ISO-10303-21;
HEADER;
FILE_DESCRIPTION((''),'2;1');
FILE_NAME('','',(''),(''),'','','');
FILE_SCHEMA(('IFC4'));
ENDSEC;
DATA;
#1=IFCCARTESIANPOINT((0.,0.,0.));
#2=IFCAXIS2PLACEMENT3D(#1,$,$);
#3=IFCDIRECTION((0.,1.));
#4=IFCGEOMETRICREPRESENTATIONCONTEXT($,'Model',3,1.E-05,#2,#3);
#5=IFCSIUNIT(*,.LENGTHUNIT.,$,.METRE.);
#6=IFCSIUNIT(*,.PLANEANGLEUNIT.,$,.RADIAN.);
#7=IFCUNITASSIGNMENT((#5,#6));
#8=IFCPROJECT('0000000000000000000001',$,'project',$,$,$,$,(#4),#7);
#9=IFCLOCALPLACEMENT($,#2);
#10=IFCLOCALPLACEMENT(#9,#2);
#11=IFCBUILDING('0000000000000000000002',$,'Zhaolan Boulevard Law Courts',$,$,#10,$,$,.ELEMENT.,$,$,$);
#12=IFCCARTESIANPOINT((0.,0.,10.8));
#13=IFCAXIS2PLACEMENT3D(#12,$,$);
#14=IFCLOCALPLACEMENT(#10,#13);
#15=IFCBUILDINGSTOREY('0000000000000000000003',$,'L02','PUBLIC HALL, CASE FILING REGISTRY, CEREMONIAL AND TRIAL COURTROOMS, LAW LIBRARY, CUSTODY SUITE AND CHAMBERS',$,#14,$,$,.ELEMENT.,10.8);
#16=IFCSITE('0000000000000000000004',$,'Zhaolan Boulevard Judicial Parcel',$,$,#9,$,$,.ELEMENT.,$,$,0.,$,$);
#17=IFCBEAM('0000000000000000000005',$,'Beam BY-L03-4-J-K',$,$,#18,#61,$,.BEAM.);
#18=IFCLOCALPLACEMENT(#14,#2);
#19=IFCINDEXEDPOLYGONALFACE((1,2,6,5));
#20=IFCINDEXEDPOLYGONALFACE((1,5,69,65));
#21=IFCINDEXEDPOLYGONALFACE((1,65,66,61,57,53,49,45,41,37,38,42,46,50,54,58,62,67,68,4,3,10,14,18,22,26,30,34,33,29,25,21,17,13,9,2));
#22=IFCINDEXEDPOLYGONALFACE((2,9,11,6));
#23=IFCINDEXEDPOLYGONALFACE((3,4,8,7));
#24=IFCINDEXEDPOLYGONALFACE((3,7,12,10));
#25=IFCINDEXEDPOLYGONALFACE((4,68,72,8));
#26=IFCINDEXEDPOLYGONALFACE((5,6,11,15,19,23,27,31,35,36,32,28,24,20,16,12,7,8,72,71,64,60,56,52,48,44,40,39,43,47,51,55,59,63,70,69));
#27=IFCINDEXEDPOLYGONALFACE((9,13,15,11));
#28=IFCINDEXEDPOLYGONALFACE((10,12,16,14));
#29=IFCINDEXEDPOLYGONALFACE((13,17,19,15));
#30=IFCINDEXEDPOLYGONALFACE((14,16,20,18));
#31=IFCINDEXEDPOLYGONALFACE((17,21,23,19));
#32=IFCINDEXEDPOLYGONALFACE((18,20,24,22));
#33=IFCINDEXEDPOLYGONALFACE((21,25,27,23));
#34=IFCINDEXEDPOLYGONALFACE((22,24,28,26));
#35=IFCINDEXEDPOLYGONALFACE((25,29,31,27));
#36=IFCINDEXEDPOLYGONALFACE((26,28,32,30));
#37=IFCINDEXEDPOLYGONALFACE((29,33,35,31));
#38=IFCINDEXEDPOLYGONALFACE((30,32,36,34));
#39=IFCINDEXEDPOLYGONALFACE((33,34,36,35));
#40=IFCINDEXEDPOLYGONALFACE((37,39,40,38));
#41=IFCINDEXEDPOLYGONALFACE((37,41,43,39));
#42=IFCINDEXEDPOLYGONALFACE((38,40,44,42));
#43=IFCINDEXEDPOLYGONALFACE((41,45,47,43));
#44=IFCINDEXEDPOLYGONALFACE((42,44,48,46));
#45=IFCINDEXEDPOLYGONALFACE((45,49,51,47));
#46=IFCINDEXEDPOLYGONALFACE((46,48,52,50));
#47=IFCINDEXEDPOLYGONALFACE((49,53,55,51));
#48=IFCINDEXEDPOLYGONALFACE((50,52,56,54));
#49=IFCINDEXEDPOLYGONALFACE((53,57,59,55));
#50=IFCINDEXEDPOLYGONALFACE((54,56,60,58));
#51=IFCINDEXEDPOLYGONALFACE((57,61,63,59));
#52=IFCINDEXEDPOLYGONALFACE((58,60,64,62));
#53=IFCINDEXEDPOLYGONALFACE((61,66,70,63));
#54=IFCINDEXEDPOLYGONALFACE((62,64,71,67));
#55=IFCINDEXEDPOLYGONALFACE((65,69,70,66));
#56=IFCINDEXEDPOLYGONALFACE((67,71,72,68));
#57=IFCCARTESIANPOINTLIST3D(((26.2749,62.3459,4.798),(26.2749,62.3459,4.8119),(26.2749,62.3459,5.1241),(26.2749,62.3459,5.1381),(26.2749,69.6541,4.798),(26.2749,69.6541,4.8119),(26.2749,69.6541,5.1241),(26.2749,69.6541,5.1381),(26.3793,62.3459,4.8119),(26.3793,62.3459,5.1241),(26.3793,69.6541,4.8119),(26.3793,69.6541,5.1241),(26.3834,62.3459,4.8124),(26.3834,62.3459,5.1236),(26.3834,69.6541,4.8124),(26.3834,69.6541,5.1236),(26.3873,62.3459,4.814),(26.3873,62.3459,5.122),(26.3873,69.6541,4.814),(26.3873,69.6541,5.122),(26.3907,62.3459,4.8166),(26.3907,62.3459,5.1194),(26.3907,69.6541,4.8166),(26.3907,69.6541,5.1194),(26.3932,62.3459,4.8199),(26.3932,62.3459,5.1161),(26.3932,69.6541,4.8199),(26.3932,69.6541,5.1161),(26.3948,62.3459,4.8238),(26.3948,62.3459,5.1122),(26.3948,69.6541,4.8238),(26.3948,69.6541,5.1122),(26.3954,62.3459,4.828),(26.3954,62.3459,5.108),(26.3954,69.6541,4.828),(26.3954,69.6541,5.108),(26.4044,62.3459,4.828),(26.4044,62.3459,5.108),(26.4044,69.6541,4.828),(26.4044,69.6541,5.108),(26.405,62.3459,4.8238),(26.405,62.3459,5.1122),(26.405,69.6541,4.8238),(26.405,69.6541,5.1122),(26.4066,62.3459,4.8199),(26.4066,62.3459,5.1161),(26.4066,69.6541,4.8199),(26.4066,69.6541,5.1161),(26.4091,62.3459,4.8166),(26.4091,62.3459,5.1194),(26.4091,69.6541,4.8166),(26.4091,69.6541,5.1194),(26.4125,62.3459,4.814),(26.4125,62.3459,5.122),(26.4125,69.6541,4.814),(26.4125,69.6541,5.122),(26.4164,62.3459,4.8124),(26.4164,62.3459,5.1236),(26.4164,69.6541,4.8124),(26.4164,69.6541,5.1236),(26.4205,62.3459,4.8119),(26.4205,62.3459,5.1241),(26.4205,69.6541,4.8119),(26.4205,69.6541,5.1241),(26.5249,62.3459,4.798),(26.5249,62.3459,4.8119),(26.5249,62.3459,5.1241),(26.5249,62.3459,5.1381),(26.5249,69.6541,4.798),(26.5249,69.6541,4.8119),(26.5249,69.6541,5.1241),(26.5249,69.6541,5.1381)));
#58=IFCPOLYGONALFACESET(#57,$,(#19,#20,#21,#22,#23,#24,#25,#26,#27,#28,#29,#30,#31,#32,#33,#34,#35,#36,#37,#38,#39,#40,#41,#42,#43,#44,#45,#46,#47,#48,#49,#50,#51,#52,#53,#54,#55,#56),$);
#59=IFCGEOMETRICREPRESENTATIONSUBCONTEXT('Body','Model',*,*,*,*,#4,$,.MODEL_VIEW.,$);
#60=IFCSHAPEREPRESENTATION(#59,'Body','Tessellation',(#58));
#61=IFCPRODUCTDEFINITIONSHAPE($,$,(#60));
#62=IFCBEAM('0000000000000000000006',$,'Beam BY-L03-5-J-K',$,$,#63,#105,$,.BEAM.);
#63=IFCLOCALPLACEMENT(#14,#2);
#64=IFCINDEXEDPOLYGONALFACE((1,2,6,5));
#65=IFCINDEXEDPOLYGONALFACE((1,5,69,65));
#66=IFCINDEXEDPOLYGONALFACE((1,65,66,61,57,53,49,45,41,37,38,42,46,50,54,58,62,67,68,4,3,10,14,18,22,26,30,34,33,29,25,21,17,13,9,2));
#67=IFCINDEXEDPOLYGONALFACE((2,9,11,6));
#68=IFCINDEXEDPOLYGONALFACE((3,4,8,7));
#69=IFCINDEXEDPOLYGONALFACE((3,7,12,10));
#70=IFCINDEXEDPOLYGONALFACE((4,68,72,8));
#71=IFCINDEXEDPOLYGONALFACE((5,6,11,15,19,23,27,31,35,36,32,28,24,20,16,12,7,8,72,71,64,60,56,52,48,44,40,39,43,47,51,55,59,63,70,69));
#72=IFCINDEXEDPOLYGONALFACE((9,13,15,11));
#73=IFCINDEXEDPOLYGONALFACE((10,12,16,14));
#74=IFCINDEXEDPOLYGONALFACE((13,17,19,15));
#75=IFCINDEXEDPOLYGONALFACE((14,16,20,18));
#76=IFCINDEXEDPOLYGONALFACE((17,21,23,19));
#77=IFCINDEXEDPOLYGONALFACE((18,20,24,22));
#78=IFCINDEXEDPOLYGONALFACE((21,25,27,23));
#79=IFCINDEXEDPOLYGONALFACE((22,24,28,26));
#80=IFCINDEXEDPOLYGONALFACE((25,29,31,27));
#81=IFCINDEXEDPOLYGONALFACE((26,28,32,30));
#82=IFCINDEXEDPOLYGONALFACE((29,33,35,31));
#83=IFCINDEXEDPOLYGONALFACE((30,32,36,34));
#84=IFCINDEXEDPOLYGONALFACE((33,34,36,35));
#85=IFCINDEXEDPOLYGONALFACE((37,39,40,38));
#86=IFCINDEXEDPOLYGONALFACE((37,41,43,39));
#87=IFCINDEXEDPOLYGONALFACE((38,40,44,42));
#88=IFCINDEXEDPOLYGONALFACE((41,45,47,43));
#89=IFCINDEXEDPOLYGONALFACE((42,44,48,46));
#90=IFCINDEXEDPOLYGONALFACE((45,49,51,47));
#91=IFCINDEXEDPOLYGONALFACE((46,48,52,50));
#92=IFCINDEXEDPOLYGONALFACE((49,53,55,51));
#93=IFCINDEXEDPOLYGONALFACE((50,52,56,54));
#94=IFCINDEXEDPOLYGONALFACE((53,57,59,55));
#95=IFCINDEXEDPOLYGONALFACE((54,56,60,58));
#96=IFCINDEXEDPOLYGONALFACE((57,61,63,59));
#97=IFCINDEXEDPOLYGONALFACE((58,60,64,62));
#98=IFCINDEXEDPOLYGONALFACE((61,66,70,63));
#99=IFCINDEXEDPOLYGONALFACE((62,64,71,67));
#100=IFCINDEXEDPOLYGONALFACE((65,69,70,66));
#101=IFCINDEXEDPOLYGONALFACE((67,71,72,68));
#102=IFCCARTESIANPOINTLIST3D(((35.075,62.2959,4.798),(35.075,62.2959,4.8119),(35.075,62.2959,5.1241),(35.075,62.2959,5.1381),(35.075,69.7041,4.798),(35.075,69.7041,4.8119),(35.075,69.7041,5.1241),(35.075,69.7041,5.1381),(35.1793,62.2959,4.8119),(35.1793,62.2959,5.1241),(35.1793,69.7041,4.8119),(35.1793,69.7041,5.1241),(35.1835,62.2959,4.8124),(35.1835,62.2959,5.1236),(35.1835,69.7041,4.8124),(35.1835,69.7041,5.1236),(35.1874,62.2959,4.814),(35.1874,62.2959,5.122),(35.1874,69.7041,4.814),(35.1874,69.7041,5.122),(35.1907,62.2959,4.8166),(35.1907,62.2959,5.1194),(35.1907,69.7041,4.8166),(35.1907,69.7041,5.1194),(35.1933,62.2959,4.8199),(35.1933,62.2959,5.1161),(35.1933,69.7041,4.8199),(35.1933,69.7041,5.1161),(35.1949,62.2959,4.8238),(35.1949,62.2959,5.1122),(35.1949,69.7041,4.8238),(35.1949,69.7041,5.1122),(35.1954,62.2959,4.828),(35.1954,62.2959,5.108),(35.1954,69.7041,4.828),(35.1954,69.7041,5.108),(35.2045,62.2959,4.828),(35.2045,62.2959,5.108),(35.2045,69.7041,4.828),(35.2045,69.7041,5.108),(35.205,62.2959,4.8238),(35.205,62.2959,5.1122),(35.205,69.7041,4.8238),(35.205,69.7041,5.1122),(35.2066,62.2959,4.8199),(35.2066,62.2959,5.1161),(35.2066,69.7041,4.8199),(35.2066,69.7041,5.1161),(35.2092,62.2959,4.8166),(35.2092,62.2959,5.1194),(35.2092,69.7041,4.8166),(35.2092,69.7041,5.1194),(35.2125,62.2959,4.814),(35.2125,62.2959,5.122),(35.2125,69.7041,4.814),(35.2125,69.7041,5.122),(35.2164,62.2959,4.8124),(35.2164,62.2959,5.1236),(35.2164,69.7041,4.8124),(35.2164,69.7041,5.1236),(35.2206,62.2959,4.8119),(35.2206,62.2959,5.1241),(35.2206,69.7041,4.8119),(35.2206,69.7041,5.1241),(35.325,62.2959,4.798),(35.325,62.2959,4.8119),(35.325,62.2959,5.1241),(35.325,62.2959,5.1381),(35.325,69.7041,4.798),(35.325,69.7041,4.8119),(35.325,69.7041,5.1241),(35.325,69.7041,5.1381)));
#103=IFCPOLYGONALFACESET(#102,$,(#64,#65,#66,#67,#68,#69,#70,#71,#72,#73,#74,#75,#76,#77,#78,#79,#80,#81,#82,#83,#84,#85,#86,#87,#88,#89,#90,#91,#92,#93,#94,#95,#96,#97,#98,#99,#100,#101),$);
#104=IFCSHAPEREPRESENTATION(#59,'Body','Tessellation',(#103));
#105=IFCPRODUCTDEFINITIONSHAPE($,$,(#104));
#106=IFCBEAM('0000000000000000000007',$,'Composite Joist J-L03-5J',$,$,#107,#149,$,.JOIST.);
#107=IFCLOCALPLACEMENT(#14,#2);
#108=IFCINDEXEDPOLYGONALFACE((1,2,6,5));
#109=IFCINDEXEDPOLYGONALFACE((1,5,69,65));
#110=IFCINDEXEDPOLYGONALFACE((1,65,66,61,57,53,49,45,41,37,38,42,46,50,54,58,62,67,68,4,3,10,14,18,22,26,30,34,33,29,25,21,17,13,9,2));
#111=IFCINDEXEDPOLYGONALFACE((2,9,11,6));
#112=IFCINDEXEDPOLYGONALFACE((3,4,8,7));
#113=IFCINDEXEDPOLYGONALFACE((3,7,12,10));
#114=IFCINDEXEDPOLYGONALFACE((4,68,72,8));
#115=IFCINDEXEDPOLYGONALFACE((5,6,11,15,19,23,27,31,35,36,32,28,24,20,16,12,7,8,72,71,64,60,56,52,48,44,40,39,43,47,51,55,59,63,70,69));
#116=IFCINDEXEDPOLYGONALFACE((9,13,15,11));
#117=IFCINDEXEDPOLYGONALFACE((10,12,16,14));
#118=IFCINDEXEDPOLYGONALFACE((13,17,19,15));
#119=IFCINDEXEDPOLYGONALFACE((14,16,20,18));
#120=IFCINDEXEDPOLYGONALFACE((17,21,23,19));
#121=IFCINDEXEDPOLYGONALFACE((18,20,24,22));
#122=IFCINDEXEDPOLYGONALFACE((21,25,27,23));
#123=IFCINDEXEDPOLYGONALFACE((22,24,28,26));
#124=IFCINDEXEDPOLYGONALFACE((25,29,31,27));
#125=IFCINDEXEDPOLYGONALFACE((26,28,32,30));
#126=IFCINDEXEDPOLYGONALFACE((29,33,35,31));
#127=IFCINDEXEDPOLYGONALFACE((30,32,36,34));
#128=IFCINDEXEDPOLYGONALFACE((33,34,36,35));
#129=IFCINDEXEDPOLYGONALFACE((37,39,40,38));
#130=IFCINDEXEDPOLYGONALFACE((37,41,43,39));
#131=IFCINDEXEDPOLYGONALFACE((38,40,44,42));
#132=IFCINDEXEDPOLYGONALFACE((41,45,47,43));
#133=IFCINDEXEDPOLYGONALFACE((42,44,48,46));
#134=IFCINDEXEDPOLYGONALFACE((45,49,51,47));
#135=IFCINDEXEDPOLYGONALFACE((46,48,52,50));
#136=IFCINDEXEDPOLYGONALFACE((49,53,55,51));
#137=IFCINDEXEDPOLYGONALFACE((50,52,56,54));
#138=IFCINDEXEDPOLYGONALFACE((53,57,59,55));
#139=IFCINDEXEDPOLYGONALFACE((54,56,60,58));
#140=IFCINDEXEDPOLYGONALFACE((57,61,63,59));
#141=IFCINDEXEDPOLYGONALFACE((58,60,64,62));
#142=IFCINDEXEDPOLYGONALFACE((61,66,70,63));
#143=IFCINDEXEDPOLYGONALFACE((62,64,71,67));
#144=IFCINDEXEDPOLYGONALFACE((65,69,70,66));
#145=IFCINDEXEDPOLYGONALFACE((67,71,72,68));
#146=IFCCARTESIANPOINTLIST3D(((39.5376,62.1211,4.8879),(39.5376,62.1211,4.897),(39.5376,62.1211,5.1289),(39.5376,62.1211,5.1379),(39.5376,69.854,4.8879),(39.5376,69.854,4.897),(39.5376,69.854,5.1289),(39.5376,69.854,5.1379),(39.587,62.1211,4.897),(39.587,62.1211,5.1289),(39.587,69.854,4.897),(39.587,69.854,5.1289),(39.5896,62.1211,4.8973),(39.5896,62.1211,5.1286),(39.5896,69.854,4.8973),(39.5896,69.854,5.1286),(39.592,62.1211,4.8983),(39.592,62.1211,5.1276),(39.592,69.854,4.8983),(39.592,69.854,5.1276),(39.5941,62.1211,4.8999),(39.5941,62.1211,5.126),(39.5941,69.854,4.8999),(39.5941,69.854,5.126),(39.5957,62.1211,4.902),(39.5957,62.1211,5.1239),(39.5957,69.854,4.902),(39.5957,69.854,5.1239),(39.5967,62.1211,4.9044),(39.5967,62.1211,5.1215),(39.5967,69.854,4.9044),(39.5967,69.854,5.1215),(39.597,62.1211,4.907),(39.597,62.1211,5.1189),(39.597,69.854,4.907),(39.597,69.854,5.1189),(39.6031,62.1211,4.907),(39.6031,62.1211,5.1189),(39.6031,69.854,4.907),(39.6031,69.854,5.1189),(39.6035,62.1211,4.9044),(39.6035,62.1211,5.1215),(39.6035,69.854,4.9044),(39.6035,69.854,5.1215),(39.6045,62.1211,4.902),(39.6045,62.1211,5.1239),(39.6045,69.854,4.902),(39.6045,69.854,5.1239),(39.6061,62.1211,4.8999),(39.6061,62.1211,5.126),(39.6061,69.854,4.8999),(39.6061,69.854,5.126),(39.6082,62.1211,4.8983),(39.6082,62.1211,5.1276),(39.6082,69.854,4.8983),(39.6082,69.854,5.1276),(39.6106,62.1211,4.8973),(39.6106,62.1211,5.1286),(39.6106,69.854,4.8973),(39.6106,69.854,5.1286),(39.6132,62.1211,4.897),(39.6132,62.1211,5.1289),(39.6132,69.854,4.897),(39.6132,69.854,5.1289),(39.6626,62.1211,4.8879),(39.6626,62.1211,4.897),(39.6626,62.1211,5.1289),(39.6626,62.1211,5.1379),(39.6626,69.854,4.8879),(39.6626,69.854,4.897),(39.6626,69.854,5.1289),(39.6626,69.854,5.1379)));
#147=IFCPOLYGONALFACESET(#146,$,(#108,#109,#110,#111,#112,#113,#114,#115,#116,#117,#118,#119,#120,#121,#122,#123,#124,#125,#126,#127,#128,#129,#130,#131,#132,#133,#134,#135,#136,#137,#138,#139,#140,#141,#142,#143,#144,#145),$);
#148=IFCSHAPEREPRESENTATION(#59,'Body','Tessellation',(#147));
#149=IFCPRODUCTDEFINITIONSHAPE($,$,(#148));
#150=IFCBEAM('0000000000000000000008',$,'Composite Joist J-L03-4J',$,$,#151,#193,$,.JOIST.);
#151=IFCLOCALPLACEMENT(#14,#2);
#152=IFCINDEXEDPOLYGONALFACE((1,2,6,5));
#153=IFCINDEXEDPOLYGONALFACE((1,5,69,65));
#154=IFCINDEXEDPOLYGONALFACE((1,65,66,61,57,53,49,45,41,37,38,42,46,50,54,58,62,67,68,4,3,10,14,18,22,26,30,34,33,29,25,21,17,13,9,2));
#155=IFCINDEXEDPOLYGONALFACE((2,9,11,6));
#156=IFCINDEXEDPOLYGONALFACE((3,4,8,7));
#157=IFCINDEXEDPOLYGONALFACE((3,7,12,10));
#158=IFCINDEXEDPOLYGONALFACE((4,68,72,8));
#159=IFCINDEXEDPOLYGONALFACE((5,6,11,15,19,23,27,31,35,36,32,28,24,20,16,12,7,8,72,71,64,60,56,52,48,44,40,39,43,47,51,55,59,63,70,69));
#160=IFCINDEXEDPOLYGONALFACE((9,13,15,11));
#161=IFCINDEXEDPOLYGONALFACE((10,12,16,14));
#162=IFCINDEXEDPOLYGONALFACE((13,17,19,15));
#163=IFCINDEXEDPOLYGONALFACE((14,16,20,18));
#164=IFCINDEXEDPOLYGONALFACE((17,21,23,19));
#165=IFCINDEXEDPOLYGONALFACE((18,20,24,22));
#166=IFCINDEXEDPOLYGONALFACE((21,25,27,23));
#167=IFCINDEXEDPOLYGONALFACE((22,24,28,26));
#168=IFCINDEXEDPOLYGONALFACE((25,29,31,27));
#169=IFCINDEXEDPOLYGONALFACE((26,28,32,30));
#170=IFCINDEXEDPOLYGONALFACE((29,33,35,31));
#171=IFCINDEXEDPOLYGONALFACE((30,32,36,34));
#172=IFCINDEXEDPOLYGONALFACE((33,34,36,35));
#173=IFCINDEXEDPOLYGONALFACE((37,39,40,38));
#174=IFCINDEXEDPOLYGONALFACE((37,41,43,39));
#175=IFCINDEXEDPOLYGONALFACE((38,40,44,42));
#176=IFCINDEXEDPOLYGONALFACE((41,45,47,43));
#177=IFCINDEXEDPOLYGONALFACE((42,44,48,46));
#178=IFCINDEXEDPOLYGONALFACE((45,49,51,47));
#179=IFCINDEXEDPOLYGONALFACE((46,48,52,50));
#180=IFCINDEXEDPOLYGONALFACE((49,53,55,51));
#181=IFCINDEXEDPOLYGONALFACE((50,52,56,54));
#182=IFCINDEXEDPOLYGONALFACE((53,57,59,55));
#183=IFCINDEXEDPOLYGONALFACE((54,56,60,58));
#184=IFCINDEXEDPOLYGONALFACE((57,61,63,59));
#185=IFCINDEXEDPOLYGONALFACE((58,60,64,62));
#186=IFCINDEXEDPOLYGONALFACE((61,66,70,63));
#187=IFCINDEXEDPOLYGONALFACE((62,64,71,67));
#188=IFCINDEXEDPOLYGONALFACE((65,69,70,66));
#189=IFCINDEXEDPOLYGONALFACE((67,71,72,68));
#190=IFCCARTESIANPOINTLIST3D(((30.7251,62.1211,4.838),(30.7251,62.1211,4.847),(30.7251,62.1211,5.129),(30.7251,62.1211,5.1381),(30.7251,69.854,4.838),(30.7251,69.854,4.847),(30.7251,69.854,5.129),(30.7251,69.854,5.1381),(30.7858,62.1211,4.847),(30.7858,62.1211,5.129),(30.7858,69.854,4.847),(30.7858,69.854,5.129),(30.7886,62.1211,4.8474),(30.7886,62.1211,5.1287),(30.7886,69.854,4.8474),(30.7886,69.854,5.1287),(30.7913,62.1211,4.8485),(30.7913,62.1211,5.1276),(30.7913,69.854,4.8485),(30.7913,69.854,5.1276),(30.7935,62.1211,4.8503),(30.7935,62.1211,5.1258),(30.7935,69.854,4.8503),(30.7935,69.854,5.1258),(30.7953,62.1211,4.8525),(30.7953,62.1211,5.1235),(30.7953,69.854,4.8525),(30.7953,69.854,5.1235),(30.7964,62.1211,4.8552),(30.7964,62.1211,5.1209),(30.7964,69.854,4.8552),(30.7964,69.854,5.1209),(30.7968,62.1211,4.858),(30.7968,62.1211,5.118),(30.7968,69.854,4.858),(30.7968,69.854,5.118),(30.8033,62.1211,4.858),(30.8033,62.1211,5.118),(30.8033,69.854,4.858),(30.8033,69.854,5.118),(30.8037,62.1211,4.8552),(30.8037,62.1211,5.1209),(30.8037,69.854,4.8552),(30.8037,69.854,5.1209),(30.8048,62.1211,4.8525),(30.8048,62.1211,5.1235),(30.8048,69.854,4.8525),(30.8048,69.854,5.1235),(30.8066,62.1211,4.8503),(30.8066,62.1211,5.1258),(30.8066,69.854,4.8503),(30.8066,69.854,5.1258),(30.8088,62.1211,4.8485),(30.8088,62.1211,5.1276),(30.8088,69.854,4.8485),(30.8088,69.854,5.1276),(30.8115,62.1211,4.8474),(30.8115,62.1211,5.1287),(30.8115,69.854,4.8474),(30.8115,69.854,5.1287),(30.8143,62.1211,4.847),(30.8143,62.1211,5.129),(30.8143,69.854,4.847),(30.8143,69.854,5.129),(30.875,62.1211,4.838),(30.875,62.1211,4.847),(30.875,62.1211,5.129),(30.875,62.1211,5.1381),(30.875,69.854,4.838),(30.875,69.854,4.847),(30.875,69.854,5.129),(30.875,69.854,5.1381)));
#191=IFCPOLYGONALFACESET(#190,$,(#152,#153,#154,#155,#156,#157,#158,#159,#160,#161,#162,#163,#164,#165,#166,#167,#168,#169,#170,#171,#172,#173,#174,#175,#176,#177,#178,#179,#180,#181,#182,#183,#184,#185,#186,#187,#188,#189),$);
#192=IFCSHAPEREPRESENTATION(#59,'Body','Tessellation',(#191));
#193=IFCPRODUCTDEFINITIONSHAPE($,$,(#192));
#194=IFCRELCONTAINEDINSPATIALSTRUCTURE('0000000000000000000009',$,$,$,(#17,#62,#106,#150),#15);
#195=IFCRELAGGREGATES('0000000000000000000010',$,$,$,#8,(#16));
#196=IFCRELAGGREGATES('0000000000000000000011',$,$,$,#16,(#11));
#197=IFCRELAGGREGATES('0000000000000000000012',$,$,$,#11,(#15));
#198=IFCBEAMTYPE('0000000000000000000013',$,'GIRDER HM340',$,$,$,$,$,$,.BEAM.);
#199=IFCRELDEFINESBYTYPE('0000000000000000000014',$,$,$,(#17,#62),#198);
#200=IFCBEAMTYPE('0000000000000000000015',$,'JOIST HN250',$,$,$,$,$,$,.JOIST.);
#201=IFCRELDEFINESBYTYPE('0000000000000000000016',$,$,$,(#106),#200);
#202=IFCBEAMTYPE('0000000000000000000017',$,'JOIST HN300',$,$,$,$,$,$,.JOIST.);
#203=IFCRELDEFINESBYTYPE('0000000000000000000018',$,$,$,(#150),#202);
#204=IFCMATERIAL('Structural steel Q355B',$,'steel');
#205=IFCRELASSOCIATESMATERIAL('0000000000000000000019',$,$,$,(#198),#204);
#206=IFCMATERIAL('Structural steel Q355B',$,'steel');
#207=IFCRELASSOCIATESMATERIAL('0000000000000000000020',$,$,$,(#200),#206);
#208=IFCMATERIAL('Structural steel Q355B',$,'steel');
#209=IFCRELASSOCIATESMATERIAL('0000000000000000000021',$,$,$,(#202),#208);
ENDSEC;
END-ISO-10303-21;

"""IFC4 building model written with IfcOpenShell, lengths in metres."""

from ifc_helpers import new_model, si_unit, direction, frame, origin, origin_2d, place, context, subcontext, project, spatial, i_section, extrude, material, material_profile, profile_set, type_object, element, save


model = new_model("IFC4")

# Units and contexts
model_context = context("Model", 3, precision=1e-05, world=origin(), true_north=direction((0.0, 1.0)))
body_context = subcontext(model_context, "Body", "Model", "MODEL_VIEW")
ifc_project = project(units=[si_unit("LENGTHUNIT", "METRE"), si_unit("PLANEANGLEUNIT", "RADIAN")], contexts=[model_context])

# Site, building, storey
site_placement = place(None, origin())
site = spatial("IfcSite", under=ifc_project, at=site_placement, Name="Zhaolan Boulevard Judicial Parcel", CompositionType="ELEMENT", RefElevation=0.0)
building_placement = place(site_placement, origin())
building = spatial("IfcBuilding", under=site, at=building_placement, Name="Zhaolan Boulevard Law Courts", CompositionType="ELEMENT")
storey_placement = place(building_placement, frame((0.0, 0.0, 10.8)))
storey = spatial("IfcBuildingStorey", under=building, at=storey_placement, Name="L02", Description="PUBLIC HALL, CASE FILING REGISTRY, CEREMONIAL AND TRIAL COURTROOMS, LAW LIBRARY, CUSTODY SUITE AND CHAMBERS", CompositionType="ELEMENT", Elevation=10.8)

# Beams
ifc_material_1 = material(Name="Structural steel Q355B", Category="steel")
ifc_material_profile_1 = material_profile(ifc_material_1, i_section(OverallWidth=0.25, OverallDepth=0.3401, WebThickness=0.009, FlangeThickness=0.0139, FilletRadius=0.0161, at=origin_2d()), Name="HM340x250")
ifc_profile_set_1 = profile_set([ifc_material_profile_1], Name="Structural steel Q355B")
beam_type_1 = type_object("IfcBeamType", Name="GIRDER HM340", PredefinedType="BEAM", material=ifc_profile_set_1)
beam_1_placement = place(storey_placement, frame((26.3999, 62.3459, 4.968), z_axis=(0.0, 1.0, 0.0), x_axis=(-1.0, 0.0, 0.0)))
element("IfcBeam", 1, at=beam_1_placement, inside=storey, type_object=beam_type_1, Name="Beam BY-L03-4-J-K", PredefinedType="BEAM", context=body_context, shape_type="SweptSolid", body=[
    extrude(i_section(OverallWidth=0.25, OverallDepth=0.3401, WebThickness=0.009, FlangeThickness=0.0139, FilletRadius=0.0161, at=origin_2d()), origin(), (0.0, 0.0, 1.0), 7.3081),
])
beam_2_placement = place(storey_placement, frame((35.2, 62.2959, 4.968), z_axis=(0.0, 1.0, 0.0), x_axis=(-1.0, 0.0, 0.0)))
element("IfcBeam", 2, at=beam_2_placement, inside=storey, type_object=beam_type_1, Name="Beam BY-L03-5-J-K", PredefinedType="BEAM", context=body_context, shape_type="SweptSolid", body=[
    extrude(i_section(OverallWidth=0.25, OverallDepth=0.3401, WebThickness=0.009, FlangeThickness=0.0139, FilletRadius=0.0161, at=origin_2d()), origin(), (0.0, 0.0, 1.0), 7.4082),
])
ifc_material_2 = material(Name="Structural steel Q355B", Category="steel")
ifc_material_profile_2 = material_profile(ifc_material_2, i_section(OverallWidth=0.125, OverallDepth=0.25, WebThickness=0.0061, FlangeThickness=0.009, FilletRadius=0.01, at=origin_2d()), Name="HN250x125")
ifc_profile_set_2 = profile_set([ifc_material_profile_2], Name="Structural steel Q355B")
beam_type_2 = type_object("IfcBeamType", Name="JOIST HN250", PredefinedType="JOIST", material=ifc_profile_set_2)
beam_3_placement = place(storey_placement, frame((39.6001, 62.1211, 5.0129), z_axis=(0.0, 1.0, 0.0), x_axis=(-1.0, 0.0, 0.0)))
element("IfcBeam", 3, at=beam_3_placement, inside=storey, type_object=beam_type_2, Name="Composite Joist J-L03-5J", PredefinedType="JOIST", context=body_context, shape_type="SweptSolid", body=[
    extrude(i_section(OverallWidth=0.125, OverallDepth=0.25, WebThickness=0.0061, FlangeThickness=0.009, FilletRadius=0.01, at=origin_2d()), origin(), (0.0, 0.0, 1.0), 7.7329),
])
ifc_material_3 = material(Name="Structural steel Q355B", Category="steel")
ifc_material_profile_3 = material_profile(ifc_material_3, i_section(OverallWidth=0.1499, OverallDepth=0.3, WebThickness=0.0066, FlangeThickness=0.009, FilletRadius=0.011, at=origin_2d()), Name="HN300x150")
ifc_profile_set_3 = profile_set([ifc_material_profile_3], Name="Structural steel Q355B")
beam_type_3 = type_object("IfcBeamType", Name="JOIST HN300", PredefinedType="JOIST", material=ifc_profile_set_3)
beam_4_placement = place(storey_placement, frame((30.8, 62.1211, 4.988), z_axis=(0.0, 1.0, 0.0), x_axis=(-1.0, 0.0, 0.0)))
element("IfcBeam", 4, at=beam_4_placement, inside=storey, type_object=beam_type_3, Name="Composite Joist J-L03-4J", PredefinedType="JOIST", context=body_context, shape_type="SweptSolid", body=[
    extrude(i_section(OverallWidth=0.1499, OverallDepth=0.3, WebThickness=0.0066, FlangeThickness=0.009, FilletRadius=0.011, at=origin_2d()), origin(), (0.0, 0.0, 1.0), 7.7329),
])

save(model, "model.ifc")
